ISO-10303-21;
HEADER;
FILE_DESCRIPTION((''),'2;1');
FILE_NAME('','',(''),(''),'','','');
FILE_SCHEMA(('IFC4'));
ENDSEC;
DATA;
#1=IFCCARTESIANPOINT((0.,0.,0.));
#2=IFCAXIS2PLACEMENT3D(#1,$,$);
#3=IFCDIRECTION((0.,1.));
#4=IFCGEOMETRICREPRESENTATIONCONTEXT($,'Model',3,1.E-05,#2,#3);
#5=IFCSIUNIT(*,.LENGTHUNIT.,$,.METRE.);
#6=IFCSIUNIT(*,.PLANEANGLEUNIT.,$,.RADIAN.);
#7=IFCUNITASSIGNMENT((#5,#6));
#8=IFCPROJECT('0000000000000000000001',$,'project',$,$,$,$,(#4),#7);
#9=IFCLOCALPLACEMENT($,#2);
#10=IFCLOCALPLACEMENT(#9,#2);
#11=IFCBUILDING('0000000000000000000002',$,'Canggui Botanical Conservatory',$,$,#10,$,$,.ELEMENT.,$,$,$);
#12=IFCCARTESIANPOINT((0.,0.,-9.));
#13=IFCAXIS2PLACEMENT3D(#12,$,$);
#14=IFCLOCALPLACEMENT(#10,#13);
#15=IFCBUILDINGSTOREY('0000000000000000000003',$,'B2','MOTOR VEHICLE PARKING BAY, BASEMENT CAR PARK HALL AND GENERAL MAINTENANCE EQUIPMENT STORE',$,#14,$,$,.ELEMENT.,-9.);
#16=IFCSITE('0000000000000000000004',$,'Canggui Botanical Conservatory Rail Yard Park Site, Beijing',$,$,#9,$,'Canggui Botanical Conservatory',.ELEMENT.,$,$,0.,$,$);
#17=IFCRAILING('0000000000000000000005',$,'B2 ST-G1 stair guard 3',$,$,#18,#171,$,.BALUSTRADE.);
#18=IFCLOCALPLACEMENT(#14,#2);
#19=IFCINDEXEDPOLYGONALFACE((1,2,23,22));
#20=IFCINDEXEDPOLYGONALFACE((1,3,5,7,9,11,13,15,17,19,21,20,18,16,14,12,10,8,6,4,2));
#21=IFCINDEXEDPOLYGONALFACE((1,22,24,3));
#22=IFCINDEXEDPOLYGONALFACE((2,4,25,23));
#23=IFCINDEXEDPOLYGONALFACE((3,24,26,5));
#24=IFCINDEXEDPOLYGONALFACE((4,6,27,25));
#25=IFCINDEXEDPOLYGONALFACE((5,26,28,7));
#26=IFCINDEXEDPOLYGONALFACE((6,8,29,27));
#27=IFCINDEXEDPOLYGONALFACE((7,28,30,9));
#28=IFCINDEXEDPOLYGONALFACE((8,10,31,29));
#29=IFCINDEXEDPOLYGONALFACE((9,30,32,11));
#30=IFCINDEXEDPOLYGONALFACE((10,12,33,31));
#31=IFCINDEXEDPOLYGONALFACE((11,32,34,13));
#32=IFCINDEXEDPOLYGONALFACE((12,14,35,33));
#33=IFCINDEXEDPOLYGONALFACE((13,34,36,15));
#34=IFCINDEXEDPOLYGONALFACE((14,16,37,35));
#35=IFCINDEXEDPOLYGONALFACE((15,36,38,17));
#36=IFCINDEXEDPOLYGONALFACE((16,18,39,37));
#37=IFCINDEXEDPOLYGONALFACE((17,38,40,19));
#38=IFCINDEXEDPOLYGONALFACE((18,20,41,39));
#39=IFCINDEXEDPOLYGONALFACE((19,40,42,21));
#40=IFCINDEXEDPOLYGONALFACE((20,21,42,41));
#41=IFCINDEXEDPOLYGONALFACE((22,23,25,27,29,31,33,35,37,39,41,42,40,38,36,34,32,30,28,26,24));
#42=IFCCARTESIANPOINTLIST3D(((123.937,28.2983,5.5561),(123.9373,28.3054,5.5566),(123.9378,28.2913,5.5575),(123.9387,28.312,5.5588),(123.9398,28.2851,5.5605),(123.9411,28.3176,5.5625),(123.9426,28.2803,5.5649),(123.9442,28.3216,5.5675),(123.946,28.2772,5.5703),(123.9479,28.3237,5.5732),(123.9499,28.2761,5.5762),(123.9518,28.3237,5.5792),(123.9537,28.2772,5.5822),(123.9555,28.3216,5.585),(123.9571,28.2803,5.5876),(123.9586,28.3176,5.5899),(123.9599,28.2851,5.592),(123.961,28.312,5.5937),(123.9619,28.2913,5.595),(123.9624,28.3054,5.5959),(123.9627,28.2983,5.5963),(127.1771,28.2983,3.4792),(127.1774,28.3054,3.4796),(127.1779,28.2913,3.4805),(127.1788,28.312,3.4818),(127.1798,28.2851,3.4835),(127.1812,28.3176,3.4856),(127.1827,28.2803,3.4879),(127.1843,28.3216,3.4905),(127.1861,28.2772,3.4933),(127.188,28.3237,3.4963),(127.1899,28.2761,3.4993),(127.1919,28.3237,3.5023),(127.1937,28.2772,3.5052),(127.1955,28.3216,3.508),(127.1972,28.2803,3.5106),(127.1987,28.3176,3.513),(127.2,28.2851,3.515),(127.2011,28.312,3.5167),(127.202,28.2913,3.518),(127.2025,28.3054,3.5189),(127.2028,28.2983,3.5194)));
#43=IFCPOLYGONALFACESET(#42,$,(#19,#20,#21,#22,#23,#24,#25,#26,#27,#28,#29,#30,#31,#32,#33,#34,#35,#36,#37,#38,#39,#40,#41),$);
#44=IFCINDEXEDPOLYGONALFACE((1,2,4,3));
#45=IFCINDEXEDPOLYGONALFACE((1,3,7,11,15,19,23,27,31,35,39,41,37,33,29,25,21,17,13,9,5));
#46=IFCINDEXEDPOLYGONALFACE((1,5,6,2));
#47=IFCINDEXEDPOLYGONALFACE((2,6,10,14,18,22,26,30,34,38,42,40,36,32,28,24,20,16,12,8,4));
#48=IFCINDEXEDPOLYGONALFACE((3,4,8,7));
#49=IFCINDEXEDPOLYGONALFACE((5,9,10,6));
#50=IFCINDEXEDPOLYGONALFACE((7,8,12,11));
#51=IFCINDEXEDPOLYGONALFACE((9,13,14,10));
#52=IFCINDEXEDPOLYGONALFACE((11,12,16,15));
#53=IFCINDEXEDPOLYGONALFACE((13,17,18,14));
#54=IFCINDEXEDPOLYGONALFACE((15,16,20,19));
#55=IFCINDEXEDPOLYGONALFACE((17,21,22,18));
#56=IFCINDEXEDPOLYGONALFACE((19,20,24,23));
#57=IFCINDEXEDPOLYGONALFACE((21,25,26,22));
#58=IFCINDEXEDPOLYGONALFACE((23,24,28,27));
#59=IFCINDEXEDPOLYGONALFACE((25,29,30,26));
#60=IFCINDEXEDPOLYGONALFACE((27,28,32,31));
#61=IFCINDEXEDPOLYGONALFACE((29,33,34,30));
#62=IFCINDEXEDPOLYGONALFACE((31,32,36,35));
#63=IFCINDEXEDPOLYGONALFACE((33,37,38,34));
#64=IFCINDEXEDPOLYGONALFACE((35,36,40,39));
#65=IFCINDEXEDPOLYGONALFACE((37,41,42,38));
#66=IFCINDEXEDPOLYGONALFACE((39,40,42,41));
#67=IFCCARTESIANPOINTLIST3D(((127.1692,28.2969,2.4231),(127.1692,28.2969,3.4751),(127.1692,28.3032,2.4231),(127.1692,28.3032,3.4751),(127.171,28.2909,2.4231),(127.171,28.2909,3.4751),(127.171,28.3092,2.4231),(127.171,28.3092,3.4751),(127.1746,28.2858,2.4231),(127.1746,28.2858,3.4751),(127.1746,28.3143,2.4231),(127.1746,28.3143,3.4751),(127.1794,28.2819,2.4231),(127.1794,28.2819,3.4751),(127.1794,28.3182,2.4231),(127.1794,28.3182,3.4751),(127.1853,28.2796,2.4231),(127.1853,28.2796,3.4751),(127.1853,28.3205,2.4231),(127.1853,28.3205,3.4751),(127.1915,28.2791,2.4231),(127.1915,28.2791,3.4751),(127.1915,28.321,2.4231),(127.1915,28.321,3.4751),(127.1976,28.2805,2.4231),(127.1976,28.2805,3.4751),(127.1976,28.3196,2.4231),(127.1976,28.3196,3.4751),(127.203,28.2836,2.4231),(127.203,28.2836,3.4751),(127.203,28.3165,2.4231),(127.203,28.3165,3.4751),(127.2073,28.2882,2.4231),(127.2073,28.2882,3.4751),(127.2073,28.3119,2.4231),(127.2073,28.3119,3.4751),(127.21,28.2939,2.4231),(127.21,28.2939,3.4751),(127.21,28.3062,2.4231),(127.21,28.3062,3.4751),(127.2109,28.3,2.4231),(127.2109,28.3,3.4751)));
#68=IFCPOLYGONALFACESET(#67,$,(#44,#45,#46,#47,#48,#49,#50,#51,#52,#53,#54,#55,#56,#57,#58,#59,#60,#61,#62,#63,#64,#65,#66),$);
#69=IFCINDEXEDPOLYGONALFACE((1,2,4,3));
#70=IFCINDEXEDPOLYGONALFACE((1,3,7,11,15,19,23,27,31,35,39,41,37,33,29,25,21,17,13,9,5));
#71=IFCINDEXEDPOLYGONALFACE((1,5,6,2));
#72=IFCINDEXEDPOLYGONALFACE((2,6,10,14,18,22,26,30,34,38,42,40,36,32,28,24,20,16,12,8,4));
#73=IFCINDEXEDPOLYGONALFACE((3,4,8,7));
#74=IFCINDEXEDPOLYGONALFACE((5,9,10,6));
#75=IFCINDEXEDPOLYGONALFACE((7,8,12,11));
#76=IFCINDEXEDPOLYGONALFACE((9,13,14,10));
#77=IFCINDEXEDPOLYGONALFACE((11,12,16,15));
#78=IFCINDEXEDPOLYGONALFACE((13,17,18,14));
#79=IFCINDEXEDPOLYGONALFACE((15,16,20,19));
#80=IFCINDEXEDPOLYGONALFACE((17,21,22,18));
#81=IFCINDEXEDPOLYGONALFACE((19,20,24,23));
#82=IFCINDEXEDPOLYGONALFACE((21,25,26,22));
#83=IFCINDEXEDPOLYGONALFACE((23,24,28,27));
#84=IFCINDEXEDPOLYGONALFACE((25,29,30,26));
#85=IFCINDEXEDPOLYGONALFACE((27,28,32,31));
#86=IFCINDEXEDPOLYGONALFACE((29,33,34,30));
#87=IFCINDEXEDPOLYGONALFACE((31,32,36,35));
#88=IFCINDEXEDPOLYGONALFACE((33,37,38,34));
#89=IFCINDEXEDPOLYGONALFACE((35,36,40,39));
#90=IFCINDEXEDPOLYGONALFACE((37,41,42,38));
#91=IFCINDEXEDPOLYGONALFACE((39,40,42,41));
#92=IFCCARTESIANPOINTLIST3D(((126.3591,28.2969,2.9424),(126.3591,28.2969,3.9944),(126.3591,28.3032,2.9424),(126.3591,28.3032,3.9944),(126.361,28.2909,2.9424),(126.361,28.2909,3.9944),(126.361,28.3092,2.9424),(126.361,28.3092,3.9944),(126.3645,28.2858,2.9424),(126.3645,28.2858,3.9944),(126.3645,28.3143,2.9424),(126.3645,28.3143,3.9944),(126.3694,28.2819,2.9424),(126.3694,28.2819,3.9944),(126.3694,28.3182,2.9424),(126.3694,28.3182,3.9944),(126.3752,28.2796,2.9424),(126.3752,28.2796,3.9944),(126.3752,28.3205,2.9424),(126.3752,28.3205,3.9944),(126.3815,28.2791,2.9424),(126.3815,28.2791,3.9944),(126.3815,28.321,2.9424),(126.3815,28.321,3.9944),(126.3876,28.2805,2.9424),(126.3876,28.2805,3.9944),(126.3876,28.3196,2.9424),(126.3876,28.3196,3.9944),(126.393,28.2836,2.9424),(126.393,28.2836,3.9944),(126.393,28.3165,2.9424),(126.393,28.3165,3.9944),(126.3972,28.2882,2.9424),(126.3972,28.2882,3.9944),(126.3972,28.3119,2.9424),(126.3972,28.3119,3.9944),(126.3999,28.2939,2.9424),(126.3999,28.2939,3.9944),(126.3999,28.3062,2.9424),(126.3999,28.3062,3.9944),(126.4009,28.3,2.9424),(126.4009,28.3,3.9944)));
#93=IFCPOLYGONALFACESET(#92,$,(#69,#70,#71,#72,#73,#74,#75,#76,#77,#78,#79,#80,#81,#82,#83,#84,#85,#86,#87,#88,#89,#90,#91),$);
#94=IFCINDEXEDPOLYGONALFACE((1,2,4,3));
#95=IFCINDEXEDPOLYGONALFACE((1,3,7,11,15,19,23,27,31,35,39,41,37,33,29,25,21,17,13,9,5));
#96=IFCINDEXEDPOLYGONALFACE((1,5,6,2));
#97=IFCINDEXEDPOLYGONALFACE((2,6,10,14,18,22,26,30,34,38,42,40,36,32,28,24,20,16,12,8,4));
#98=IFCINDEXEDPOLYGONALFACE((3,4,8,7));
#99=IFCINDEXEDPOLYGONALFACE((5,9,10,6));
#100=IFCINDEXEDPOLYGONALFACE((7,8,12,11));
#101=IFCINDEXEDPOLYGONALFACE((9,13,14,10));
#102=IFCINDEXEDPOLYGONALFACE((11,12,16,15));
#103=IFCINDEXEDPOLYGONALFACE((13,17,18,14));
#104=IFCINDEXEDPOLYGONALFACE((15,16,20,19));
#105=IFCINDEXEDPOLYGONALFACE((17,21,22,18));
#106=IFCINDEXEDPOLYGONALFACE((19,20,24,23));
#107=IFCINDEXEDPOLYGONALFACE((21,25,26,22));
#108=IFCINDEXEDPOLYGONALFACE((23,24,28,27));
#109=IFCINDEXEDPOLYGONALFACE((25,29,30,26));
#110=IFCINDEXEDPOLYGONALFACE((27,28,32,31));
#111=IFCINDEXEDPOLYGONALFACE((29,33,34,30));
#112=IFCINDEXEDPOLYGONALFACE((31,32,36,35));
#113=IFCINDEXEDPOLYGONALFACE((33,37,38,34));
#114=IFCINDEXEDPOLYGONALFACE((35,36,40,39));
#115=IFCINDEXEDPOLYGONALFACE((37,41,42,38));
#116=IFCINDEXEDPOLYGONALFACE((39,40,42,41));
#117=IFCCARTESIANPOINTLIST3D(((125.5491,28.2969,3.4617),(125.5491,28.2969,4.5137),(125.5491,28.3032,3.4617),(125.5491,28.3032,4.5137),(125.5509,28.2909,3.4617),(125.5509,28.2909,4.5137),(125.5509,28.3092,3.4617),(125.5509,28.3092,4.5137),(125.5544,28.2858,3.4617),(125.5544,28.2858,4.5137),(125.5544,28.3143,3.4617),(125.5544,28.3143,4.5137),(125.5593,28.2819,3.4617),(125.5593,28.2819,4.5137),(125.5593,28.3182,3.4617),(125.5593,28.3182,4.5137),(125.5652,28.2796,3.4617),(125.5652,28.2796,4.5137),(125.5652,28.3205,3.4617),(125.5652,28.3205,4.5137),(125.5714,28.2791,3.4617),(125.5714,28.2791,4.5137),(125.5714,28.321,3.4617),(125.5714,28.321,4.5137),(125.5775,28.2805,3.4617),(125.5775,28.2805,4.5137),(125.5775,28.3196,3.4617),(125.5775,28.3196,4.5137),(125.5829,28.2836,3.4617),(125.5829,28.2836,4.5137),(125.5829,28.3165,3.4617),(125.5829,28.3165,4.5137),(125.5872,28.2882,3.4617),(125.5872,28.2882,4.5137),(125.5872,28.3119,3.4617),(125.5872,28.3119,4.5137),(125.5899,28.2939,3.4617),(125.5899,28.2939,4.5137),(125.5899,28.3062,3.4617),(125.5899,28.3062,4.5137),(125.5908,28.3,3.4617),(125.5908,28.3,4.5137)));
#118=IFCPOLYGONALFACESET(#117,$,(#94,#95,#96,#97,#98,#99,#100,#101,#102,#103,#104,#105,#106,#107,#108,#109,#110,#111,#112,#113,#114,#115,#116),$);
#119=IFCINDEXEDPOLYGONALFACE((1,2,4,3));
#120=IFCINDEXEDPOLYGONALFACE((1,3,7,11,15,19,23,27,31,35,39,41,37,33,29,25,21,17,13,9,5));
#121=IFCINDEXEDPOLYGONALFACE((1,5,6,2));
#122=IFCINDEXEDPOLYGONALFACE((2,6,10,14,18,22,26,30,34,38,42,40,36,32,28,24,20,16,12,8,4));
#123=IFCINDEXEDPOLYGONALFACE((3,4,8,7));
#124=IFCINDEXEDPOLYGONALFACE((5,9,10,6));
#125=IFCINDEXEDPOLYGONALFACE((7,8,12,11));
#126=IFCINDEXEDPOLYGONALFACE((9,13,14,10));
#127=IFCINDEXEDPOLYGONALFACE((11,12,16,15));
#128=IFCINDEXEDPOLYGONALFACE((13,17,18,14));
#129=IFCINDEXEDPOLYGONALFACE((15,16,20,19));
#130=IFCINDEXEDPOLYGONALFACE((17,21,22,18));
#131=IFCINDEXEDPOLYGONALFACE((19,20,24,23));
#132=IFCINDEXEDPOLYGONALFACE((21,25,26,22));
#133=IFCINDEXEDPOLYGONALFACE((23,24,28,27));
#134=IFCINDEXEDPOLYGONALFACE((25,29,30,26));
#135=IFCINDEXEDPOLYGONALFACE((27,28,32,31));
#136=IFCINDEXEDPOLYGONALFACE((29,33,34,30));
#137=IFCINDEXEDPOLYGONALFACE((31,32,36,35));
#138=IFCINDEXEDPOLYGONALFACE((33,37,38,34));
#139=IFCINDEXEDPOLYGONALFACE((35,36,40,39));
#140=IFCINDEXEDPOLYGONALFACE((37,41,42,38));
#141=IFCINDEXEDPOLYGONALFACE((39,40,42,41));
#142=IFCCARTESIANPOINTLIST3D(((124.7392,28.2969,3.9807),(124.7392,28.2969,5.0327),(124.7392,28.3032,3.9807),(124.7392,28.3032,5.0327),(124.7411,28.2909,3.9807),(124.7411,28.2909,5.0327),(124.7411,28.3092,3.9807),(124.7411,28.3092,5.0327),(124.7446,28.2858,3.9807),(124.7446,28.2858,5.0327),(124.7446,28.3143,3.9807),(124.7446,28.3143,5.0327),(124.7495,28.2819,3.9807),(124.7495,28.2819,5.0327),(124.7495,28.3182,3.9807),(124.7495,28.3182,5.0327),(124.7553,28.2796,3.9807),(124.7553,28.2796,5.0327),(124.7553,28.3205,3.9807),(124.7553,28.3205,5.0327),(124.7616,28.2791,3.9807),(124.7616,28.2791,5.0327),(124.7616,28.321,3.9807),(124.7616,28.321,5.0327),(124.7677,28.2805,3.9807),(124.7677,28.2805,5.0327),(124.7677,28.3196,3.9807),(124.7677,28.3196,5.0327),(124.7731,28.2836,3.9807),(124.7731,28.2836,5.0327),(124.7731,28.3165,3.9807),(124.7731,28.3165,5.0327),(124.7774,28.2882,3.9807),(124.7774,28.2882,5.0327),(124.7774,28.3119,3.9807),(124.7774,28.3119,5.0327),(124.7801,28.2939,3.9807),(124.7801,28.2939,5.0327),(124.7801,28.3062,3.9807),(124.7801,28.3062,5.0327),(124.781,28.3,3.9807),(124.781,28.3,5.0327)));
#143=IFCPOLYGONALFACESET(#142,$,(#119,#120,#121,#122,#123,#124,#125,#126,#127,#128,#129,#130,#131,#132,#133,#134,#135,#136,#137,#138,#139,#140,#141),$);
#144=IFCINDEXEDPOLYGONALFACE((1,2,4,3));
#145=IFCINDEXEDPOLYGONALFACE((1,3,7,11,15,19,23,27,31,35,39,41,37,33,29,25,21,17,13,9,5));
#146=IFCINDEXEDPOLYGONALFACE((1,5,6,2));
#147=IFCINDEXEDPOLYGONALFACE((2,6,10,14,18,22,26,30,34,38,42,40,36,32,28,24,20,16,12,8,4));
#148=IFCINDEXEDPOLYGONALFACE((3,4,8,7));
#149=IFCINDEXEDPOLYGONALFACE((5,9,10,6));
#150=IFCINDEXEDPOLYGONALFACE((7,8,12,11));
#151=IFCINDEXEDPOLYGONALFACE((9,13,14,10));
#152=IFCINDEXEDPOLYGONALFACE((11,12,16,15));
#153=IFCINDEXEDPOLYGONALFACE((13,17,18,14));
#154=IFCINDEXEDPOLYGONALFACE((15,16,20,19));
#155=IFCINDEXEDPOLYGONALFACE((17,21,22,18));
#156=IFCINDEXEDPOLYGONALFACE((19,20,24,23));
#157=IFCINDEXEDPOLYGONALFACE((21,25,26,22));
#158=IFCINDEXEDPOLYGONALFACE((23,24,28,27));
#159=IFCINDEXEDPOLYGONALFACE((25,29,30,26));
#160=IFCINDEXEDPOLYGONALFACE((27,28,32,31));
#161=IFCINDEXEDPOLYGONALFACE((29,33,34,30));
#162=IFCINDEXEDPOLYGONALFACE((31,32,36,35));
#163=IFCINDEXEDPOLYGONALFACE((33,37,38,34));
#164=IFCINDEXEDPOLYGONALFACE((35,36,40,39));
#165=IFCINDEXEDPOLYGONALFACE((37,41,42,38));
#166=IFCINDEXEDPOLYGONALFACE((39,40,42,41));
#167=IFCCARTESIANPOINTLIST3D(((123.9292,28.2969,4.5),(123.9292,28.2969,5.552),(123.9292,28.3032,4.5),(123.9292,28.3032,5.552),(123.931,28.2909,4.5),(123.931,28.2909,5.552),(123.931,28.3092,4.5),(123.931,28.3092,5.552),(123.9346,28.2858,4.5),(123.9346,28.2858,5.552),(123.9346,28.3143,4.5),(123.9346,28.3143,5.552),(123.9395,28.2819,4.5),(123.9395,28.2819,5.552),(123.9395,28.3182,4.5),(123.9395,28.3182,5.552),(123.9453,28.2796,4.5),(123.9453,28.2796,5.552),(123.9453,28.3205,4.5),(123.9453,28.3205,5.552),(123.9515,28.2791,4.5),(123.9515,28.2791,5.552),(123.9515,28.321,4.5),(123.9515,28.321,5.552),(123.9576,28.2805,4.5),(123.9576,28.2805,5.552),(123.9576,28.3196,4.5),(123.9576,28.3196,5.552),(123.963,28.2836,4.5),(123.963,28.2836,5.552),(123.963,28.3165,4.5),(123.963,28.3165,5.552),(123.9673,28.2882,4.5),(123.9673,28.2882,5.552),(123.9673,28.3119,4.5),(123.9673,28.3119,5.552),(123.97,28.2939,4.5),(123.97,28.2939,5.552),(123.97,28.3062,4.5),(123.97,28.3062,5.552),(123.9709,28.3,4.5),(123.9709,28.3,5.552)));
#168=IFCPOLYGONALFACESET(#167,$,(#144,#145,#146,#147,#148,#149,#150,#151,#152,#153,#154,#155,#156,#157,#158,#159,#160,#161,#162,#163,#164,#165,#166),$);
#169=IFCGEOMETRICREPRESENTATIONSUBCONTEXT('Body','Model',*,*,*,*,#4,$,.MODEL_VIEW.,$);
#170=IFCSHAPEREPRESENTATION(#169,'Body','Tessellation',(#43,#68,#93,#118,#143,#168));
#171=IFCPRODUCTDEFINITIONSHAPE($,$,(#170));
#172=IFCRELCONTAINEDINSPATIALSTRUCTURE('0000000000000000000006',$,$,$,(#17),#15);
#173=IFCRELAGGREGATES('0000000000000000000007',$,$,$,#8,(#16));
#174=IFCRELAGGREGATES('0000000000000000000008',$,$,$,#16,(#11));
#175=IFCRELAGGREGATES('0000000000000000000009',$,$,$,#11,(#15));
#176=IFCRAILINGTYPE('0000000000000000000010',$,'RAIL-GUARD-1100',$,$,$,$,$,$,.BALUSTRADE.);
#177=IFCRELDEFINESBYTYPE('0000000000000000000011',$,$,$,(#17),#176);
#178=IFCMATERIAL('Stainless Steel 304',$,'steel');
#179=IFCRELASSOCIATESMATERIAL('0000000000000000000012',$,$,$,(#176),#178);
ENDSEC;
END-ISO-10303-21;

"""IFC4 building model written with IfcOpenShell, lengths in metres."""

from ifc_helpers import new_model, si_unit, direction, frame, origin, origin_2d, place, context, subcontext, project, spatial, circle, extrude, material, type_object, element, save


model = new_model("IFC4")

# Units and contexts
model_context = context("Model", 3, precision=1e-05, world=origin(), true_north=direction((0.0, 1.0)))
body_context = subcontext(model_context, "Body", "Model", "MODEL_VIEW")
ifc_project = project(units=[si_unit("LENGTHUNIT", "METRE"), si_unit("PLANEANGLEUNIT", "RADIAN")], contexts=[model_context])

# Site, building, storey
site_placement = place(None, origin())
site = spatial("IfcSite", under=ifc_project, at=site_placement, Name="Canggui Botanical Conservatory Rail Yard Park Site, Beijing", LongName="Canggui Botanical Conservatory", CompositionType="ELEMENT", RefElevation=0.0)
building_placement = place(site_placement, origin())
building = spatial("IfcBuilding", under=site, at=building_placement, Name="Canggui Botanical Conservatory", CompositionType="ELEMENT")
storey_placement = place(building_placement, frame((0.0, 0.0, -9.0)))
storey = spatial("IfcBuildingStorey", under=building, at=storey_placement, Name="B2", Description="MOTOR VEHICLE PARKING BAY, BASEMENT CAR PARK HALL AND GENERAL MAINTENANCE EQUIPMENT STORE", CompositionType="ELEMENT", Elevation=-9.0)

# Railing
ifc_material_1 = material(Name="Stainless Steel 304", Category="steel")
railing_type_1 = type_object("IfcRailingType", Name="RAIL-GUARD-1100", PredefinedType="BALUSTRADE", material=ifc_material_1)
railing_1_placement = place(storey_placement, frame((127.1899, 28.3, 2.4231)))
element("IfcRailing", 1, at=railing_1_placement, inside=storey, type_object=railing_type_1, Name="B2 ST-G1 stair guard 3", PredefinedType="BALUSTRADE", context=body_context, shape_type="SweptSolid", body=[
    extrude(circle(Radius=0.0239, at=origin_2d()), frame((0.0, 0.0, 1.0762), z_axis=(-0.841881, 0.0, 0.539664), x_axis=(0.0, -1.0, 0.0)), (0.0, 0.0, 1.0), 3.8486),
    extrude(circle(Radius=0.021, at=origin_2d()), origin(), (0.0, 0.0, 1.0), 1.052),
    extrude(circle(Radius=0.021, at=origin_2d()), frame((-0.8101, 0.0, 0.5193)), (0.0, 0.0, 1.0), 1.052),
    extrude(circle(Radius=0.021, at=origin_2d()), frame((-1.6201, 0.0, 1.0386)), (0.0, 0.0, 1.0), 1.052),
    extrude(circle(Radius=0.021, at=origin_2d()), frame((-2.4299, 0.0, 1.5576)), (0.0, 0.0, 1.0), 1.052),
    extrude(circle(Radius=0.021, at=origin_2d()), frame((-3.24, 0.0, 2.0769)), (0.0, 0.0, 1.0), 1.052),
])

save(model, "model.ifc")
